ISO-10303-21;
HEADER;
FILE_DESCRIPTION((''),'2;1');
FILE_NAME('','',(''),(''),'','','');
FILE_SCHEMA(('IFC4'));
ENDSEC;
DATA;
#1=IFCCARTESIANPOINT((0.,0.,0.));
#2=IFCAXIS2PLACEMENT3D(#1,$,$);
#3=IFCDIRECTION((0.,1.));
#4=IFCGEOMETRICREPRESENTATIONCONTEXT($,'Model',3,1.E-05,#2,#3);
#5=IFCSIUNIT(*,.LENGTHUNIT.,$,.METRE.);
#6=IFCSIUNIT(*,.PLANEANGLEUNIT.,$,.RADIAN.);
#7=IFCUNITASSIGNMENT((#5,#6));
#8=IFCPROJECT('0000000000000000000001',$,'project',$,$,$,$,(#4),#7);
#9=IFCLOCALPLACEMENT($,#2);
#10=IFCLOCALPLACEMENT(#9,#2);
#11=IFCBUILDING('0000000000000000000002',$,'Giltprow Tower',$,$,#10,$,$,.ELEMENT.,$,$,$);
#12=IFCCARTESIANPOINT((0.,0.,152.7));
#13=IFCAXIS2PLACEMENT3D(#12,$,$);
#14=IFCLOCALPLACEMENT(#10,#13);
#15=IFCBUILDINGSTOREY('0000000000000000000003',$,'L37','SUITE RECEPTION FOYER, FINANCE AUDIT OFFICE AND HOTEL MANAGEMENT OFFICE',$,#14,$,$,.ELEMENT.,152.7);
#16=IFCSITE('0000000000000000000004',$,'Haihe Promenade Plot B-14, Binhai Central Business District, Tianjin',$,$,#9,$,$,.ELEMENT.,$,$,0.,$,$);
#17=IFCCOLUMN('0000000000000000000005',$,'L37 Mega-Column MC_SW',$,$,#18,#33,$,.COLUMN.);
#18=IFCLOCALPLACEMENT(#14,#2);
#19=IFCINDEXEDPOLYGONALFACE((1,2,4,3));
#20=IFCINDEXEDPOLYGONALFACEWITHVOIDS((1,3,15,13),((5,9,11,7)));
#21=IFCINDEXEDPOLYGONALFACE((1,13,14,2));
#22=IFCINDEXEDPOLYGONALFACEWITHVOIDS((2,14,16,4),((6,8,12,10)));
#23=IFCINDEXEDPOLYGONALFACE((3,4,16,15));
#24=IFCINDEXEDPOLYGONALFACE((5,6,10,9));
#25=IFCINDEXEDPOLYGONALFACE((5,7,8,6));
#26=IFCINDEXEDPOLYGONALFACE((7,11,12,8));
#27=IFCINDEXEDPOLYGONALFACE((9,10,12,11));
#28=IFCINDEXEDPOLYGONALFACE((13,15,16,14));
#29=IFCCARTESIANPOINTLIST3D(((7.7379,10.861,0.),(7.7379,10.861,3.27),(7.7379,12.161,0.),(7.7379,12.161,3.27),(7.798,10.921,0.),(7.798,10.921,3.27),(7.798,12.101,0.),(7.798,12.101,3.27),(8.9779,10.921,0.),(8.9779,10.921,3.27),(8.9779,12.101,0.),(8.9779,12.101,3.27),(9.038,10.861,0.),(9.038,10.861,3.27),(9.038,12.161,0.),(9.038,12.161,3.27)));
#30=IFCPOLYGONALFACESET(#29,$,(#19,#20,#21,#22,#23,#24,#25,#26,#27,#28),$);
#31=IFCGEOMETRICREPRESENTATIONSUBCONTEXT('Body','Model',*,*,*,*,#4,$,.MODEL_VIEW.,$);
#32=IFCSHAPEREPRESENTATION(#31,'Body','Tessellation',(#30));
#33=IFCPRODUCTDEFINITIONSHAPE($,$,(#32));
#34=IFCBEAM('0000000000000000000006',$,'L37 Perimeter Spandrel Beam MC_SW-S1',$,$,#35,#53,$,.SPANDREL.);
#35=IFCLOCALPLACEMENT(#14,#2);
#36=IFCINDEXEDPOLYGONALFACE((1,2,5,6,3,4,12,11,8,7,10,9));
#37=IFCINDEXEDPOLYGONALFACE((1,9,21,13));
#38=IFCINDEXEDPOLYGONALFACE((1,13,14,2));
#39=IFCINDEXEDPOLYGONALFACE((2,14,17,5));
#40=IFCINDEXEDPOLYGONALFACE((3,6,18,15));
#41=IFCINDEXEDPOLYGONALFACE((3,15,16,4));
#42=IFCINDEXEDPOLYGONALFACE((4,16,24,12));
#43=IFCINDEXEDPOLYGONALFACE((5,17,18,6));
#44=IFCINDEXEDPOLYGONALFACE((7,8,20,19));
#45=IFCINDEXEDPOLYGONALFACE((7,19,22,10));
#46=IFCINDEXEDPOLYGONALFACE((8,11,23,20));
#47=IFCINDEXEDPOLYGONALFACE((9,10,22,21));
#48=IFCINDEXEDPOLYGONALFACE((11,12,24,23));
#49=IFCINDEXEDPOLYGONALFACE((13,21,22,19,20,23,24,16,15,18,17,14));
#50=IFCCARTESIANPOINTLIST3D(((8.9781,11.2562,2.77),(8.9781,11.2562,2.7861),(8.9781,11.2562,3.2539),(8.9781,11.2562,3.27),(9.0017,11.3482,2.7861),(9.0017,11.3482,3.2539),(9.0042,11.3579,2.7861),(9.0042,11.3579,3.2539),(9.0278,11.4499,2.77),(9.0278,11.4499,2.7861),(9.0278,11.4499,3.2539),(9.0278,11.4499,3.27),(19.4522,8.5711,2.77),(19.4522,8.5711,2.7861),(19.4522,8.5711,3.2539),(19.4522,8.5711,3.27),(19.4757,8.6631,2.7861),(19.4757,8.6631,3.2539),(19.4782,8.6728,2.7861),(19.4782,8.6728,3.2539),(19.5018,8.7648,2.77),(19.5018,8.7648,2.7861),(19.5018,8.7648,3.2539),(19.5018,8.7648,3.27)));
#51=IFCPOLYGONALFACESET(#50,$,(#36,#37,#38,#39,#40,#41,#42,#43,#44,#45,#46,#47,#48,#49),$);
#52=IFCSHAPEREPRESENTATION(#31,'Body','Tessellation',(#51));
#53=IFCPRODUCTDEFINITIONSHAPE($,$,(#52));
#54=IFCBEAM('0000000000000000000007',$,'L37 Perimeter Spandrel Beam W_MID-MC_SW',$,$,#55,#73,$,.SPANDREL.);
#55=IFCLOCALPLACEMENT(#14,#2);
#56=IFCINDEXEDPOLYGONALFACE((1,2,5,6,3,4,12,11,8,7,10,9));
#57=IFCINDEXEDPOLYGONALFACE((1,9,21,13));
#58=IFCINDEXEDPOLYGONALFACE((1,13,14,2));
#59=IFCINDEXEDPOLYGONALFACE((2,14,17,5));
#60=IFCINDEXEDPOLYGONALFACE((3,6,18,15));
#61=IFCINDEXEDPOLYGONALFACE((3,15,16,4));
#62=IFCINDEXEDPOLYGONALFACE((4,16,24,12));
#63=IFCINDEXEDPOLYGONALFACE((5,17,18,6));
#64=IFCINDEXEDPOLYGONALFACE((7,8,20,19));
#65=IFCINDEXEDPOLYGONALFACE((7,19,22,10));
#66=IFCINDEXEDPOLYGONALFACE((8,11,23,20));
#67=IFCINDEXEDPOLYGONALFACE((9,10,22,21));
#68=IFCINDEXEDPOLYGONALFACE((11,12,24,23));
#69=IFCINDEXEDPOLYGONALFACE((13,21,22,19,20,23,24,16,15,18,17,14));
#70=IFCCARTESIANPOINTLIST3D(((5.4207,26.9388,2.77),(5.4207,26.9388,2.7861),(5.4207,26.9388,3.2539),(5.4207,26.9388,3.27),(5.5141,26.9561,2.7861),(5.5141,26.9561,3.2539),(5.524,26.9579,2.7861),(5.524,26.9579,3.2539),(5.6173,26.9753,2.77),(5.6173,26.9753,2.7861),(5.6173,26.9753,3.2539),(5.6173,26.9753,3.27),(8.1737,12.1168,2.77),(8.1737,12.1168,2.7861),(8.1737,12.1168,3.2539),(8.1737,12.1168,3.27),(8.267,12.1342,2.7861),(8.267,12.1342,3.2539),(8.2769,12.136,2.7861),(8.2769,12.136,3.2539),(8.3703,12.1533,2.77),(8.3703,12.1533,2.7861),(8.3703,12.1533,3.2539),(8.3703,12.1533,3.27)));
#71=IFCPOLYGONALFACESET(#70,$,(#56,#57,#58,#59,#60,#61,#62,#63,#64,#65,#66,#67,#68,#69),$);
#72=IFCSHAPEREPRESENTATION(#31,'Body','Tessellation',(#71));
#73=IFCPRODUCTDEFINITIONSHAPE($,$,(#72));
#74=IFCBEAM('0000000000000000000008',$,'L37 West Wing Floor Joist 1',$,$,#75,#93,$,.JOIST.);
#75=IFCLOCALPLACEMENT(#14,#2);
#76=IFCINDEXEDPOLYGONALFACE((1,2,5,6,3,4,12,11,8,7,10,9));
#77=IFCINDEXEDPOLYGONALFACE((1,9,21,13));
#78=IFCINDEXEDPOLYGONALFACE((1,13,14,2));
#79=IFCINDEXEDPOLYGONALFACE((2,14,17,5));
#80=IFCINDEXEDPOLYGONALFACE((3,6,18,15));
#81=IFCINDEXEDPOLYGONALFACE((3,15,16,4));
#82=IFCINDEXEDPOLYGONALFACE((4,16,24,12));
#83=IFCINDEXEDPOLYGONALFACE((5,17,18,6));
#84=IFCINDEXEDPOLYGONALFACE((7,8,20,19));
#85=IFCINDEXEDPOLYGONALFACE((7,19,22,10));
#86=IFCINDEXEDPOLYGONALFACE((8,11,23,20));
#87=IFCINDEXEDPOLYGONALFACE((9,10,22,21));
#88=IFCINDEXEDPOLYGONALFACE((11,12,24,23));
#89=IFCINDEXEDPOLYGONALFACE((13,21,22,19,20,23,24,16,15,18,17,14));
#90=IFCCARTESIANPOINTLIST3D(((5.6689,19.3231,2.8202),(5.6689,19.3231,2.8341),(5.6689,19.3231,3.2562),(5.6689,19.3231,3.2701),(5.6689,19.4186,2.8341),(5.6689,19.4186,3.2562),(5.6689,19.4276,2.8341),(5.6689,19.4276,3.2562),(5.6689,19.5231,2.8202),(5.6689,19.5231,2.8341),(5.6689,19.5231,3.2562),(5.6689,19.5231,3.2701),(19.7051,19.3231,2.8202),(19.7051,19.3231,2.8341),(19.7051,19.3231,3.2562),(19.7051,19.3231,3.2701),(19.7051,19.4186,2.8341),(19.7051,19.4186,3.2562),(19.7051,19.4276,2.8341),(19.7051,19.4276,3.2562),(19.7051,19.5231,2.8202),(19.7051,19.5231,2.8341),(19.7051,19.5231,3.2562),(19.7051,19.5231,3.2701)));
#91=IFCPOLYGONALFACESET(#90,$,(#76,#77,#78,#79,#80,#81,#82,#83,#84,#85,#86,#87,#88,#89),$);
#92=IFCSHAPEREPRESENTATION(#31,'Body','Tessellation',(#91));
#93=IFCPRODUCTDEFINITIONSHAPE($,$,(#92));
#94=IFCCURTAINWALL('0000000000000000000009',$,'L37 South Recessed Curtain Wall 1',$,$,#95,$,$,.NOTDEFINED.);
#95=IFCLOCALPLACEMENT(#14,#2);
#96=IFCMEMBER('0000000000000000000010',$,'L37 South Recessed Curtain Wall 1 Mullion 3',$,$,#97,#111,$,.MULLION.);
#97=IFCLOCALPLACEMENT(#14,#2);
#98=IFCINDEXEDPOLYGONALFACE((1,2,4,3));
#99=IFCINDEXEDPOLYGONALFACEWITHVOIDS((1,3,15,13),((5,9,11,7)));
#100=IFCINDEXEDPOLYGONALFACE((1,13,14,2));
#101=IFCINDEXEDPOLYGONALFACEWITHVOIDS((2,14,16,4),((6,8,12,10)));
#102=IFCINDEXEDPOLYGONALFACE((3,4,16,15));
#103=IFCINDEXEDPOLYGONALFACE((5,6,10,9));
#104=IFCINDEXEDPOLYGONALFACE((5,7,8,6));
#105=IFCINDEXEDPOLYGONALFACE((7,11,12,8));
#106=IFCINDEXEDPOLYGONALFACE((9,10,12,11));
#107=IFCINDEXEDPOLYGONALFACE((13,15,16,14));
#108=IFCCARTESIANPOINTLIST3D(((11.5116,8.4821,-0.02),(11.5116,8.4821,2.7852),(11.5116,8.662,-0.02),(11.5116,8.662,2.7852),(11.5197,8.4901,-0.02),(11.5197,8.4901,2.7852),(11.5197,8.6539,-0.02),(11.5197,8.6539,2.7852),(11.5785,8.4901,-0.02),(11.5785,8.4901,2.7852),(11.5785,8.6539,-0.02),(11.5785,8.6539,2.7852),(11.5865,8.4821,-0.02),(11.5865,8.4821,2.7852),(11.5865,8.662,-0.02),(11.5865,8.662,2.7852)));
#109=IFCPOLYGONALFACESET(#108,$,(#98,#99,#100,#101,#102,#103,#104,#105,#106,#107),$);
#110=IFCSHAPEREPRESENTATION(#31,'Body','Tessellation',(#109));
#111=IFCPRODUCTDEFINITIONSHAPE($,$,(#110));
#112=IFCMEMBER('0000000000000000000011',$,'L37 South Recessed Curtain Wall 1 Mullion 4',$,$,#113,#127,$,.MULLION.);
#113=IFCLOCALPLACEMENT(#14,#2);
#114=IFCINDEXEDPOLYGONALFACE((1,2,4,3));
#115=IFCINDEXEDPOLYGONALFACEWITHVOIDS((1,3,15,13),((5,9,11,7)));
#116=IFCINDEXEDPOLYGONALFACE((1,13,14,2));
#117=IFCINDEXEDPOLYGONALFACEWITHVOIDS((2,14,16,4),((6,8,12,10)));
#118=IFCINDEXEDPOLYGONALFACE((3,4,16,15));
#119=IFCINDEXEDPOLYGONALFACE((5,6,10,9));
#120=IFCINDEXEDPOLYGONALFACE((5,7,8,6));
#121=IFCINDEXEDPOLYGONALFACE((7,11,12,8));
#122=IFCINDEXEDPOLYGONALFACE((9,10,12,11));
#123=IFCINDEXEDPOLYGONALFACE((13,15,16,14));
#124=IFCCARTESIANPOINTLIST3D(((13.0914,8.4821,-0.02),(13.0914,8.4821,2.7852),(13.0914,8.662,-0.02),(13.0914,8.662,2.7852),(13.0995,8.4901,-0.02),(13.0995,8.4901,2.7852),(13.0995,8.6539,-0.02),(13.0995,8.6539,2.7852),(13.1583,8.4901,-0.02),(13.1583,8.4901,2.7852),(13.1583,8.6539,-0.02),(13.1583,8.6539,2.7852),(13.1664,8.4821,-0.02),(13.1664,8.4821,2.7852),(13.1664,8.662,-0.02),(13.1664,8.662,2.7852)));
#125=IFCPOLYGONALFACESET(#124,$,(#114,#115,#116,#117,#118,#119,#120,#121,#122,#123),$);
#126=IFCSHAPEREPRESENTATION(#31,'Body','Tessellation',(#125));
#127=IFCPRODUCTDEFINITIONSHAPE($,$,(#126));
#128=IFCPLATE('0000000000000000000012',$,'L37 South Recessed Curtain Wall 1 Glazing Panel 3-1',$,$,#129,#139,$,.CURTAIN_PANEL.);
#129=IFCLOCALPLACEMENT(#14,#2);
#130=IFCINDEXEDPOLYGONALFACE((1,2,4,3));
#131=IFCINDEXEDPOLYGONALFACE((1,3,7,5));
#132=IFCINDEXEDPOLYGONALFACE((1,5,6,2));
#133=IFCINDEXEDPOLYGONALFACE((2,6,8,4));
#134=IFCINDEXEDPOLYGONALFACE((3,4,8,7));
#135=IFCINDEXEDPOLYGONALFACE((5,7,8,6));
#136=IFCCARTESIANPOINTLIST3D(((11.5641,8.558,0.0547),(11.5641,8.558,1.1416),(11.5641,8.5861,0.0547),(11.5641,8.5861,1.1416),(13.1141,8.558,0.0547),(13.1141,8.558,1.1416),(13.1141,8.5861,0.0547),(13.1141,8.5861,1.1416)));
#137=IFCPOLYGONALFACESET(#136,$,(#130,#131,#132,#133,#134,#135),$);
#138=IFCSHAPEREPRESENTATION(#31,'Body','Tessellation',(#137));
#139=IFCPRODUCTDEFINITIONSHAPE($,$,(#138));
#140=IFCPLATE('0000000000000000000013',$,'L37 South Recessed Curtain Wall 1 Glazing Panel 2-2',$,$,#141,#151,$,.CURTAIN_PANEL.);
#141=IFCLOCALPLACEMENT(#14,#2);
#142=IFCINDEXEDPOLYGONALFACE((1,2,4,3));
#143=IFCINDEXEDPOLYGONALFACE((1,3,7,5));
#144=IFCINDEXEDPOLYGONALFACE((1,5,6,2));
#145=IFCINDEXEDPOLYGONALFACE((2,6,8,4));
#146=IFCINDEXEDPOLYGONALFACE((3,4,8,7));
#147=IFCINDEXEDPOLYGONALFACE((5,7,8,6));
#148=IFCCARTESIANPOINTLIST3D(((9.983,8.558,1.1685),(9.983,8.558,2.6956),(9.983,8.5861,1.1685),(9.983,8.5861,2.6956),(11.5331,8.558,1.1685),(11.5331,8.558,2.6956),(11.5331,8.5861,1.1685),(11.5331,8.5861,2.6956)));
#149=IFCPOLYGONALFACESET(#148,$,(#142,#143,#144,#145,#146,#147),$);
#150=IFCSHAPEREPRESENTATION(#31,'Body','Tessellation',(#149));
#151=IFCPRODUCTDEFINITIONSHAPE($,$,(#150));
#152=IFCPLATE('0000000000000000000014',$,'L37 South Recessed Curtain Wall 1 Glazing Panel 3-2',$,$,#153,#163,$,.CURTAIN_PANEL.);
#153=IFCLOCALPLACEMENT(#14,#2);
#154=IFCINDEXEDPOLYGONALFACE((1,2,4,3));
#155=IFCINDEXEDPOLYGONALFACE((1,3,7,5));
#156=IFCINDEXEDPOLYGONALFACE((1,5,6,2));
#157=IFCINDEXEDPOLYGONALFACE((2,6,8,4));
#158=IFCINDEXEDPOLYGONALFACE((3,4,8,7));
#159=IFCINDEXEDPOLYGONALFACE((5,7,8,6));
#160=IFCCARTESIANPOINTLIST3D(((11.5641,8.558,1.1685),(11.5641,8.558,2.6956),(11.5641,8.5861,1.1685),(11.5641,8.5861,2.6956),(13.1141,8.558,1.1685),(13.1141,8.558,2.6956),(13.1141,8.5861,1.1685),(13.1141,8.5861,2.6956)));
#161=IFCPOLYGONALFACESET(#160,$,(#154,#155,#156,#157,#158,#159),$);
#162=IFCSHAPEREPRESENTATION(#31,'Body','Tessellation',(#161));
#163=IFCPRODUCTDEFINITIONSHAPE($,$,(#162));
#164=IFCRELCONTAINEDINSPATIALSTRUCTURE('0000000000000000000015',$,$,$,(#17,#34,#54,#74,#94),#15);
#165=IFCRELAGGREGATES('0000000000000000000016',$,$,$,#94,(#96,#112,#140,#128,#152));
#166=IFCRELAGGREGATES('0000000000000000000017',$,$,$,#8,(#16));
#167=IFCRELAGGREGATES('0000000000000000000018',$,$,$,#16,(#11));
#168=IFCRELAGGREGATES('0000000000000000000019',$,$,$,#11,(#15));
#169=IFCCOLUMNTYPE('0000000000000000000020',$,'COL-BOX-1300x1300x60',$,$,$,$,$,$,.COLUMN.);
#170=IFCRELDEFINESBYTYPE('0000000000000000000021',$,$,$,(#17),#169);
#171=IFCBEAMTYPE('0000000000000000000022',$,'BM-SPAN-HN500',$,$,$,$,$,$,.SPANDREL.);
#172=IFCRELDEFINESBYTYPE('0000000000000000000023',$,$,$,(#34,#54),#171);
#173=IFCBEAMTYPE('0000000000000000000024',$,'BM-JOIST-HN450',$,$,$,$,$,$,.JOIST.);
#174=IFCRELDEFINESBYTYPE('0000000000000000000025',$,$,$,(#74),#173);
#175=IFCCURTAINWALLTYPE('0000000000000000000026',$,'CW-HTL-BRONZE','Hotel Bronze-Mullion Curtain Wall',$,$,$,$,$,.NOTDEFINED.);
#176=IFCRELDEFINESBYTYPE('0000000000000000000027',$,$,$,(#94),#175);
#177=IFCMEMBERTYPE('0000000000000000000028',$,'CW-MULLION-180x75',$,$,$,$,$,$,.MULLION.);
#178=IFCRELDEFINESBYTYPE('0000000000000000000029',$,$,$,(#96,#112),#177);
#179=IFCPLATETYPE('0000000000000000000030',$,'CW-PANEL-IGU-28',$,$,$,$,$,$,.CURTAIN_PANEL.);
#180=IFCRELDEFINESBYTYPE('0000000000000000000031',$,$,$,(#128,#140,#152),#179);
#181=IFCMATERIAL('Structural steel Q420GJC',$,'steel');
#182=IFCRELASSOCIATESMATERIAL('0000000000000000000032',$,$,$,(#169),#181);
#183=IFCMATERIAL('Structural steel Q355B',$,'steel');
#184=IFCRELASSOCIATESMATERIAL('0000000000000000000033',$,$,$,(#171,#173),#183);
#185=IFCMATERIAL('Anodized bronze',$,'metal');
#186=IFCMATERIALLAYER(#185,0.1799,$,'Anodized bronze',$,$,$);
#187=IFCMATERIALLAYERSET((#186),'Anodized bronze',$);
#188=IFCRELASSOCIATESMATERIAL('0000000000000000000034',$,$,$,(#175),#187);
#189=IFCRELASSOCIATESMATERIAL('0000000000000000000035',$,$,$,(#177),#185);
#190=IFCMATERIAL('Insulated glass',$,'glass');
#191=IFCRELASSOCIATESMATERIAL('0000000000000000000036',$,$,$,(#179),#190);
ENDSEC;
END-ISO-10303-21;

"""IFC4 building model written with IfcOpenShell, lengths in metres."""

from ifc_helpers import new_model, si_unit, direction, frame, origin, origin_2d, place, context, subcontext, project, spatial, rectangle, hollow_rectangle, i_section, extrude, source, transform, mapped, material, layer, layer_set, material_profile, profile_set, type_object, element, aggregate, save


model = new_model("IFC4")

# Units and contexts
model_context = context("Model", 3, precision=1e-05, world=origin(), true_north=direction((0.0, 1.0)))
body_context = subcontext(model_context, "Body", "Model", "MODEL_VIEW")
ifc_project = project(units=[si_unit("LENGTHUNIT", "METRE"), si_unit("PLANEANGLEUNIT", "RADIAN")], contexts=[model_context])

# Site, building, storey
site_placement = place(None, origin())
site = spatial("IfcSite", under=ifc_project, at=site_placement, Name="Haihe Promenade Plot B-14, Binhai Central Business District, Tianjin", CompositionType="ELEMENT", RefElevation=0.0)
building_placement = place(site_placement, origin())
building = spatial("IfcBuilding", under=site, at=building_placement, Name="Giltprow Tower", CompositionType="ELEMENT")
storey_placement = place(building_placement, frame((0.0, 0.0, 152.7)))
storey = spatial("IfcBuildingStorey", under=building, at=storey_placement, Name="L37", Description="SUITE RECEPTION FOYER, FINANCE AUDIT OFFICE AND HOTEL MANAGEMENT OFFICE", CompositionType="ELEMENT", Elevation=152.7)

# Column
ifc_material_1 = material(Name="Structural steel Q420GJC", Category="steel")
ifc_material_profile_1 = material_profile(ifc_material_1, hollow_rectangle(XDim=1.3, YDim=1.3, WallThickness=0.0601, at=origin_2d()), Name="BOX 1300x1300x60")
ifc_profile_set_1 = profile_set([ifc_material_profile_1], Name="Structural steel Q420GJC")
column_type = type_object("IfcColumnType", Name="COL-BOX-1300x1300x60", PredefinedType="COLUMN", material=ifc_profile_set_1)
shared_shape_1 = source(origin(), body_context, "Body", "SweptSolid", [
    extrude(hollow_rectangle(XDim=1.3, YDim=1.3, WallThickness=0.0601, at=origin_2d()), origin(), (0.0, 0.0, 1.0), 3.27),
])
column_placement = place(storey_placement, frame((8.3879, 11.511, 0.0), z_axis=(0.0, 0.0, 1.0), x_axis=(1.0, 0.0, 0.0)))
element("IfcColumn", 1, at=column_placement, inside=storey, type_object=column_type, Name="L37 Mega-Column MC_SW", PredefinedType="COLUMN", context=body_context, shape_type="MappedRepresentation", body=[
    mapped(shared_shape_1, transform((0.0, 0.0, 0.0), x_axis=(1.0, 0.0, 0.0), y_axis=(0.0, 1.0, 0.0), z_axis=(0.0, 0.0, 1.0), scale=1.0)),
])

# Beams
ifc_material_2 = material(Name="Structural steel Q355B", Category="steel")
ifc_material_profile_2 = material_profile(ifc_material_2, i_section(OverallWidth=0.2, OverallDepth=0.5, WebThickness=0.01, FlangeThickness=0.0161, at=origin_2d()), Name="HN 500x200x10x16")
ifc_profile_set_2 = profile_set([ifc_material_profile_2], Name="Structural steel Q355B")
beam_type_1 = type_object("IfcBeamType", Name="BM-SPAN-HN500", PredefinedType="SPANDREL", material=ifc_profile_set_2)
shared_shape_2 = source(origin(), body_context, "Body", "SweptSolid", [
    extrude(i_section(OverallWidth=0.2, OverallDepth=0.5, WebThickness=0.01, FlangeThickness=0.0161, at=origin_2d()), origin(), (0.0, 0.0, 1.0), 10.8127),
])
beam_1_placement = place(storey_placement, frame((9.0029, 11.353, 3.02), z_axis=(0.968678, -0.248322, 0.0), x_axis=(0.248322, 0.968678, 0.0)))
element("IfcBeam", 2, at=beam_1_placement, inside=storey, type_object=beam_type_1, Name="L37 Perimeter Spandrel Beam MC_SW-S1", PredefinedType="SPANDREL", context=body_context, shape_type="MappedRepresentation", body=[
    mapped(shared_shape_2, transform((0.0, 0.0, 0.0), x_axis=(1.0, 0.0, 0.0), y_axis=(0.0, 1.0, 0.0), z_axis=(0.0, 0.0, 1.0), scale=1.0)),
])
shared_shape_3 = source(origin(), body_context, "Body", "SweptSolid", [
    extrude(i_section(OverallWidth=0.2, OverallDepth=0.5, WebThickness=0.01, FlangeThickness=0.0161, at=origin_2d()), origin(), (0.0, 0.0, 1.0), 15.0754),
])
beam_2_placement = place(storey_placement, frame((5.519, 26.957, 3.02), z_axis=(0.182609, -0.983186, 0.0), x_axis=(0.983186, 0.182609, 0.0)))
element("IfcBeam", 3, at=beam_2_placement, inside=storey, type_object=beam_type_1, Name="L37 Perimeter Spandrel Beam W_MID-MC_SW", PredefinedType="SPANDREL", context=body_context, shape_type="MappedRepresentation", body=[
    mapped(shared_shape_3, transform((0.0, 0.0, 0.0), x_axis=(1.0, 0.0, 0.0), y_axis=(0.0, 1.0, 0.0), z_axis=(0.0, 0.0, 1.0), scale=1.0)),
])
ifc_material_profile_3 = material_profile(ifc_material_2, i_section(OverallWidth=0.2, OverallDepth=0.45, WebThickness=0.009, FlangeThickness=0.0139, at=origin_2d()), Name="HN 450x200x9x14")
ifc_profile_set_3 = profile_set([ifc_material_profile_3], Name="Structural steel Q355B")
beam_type_2 = type_object("IfcBeamType", Name="BM-JOIST-HN450", PredefinedType="JOIST", material=ifc_profile_set_3)
shared_shape_4 = source(origin(), body_context, "Body", "SweptSolid", [
    extrude(i_section(OverallWidth=0.2, OverallDepth=0.45, WebThickness=0.009, FlangeThickness=0.0139, at=origin_2d()), origin(), (0.0, 0.0, 1.0), 14.0361),
])
beam_3_placement = place(storey_placement, frame((5.6689, 19.4231, 3.0452), z_axis=(1.0, 0.0, 0.0), x_axis=(0.0, 1.0, 0.0)))
element("IfcBeam", 4, at=beam_3_placement, inside=storey, type_object=beam_type_2, Name="L37 West Wing Floor Joist 1", PredefinedType="JOIST", context=body_context, shape_type="MappedRepresentation", body=[
    mapped(shared_shape_4, transform((0.0, 0.0, 0.0), x_axis=(1.0, 0.0, 0.0), y_axis=(0.0, 1.0, 0.0), z_axis=(0.0, 0.0, 1.0), scale=1.0)),
])

# Curtain wall, members, plates
ifc_material_3 = material(Name="Anodized bronze", Category="metal")
ifc_layer_1 = layer(ifc_material_3, 0.1799, Name="Anodized bronze")
ifc_layer_set_1 = layer_set([ifc_layer_1], Name="Anodized bronze")
curtain_wall_type = type_object("IfcCurtainWallType", Name="CW-HTL-BRONZE", Description="Hotel Bronze-Mullion Curtain Wall", PredefinedType="NOTDEFINED", material=ifc_layer_set_1)
curtain_wall_placement = place(storey_placement, origin())
curtain_wall = element("IfcCurtainWall", 5, at=curtain_wall_placement, inside=storey, type_object=curtain_wall_type, Name="L37 South Recessed Curtain Wall 1", PredefinedType="NOTDEFINED")
ifc_material_profile_4 = material_profile(ifc_material_3, hollow_rectangle(XDim=0.075, YDim=0.1799, WallThickness=0.0081, at=origin_2d()), Name="RHS 180x75x8")
ifc_profile_set_4 = profile_set([ifc_material_profile_4], Name="Anodized bronze")
member_type = type_object("IfcMemberType", Name="CW-MULLION-180x75", PredefinedType="MULLION", material=ifc_profile_set_4)
shared_shape_5 = source(origin(), body_context, "Body", "SweptSolid", [
    extrude(hollow_rectangle(XDim=0.075, YDim=0.1799, WallThickness=0.0081, at=origin_2d()), origin(), (0.0, 0.0, 1.0), 2.8052),
])
member_1_placement = place(storey_placement, frame((11.5491, 8.572, -0.02), z_axis=(0.0, 0.0, 1.0), x_axis=(1.0, 0.0, 0.0)))
member_1 = element("IfcMember", 6, at=member_1_placement, type_object=member_type, Name="L37 South Recessed Curtain Wall 1 Mullion 3", PredefinedType="MULLION", context=body_context, shape_type="MappedRepresentation", body=[
    mapped(shared_shape_5, transform((0.0, 0.0, 0.0), x_axis=(1.0, 0.0, 0.0), y_axis=(0.0, 1.0, 0.0), z_axis=(0.0, 0.0, 1.0), scale=1.0)),
])
member_2_placement = place(storey_placement, frame((13.1289, 8.572, -0.02), z_axis=(0.0, 0.0, 1.0), x_axis=(1.0, 0.0, 0.0)))
member_2 = element("IfcMember", 7, at=member_2_placement, type_object=member_type, Name="L37 South Recessed Curtain Wall 1 Mullion 4", PredefinedType="MULLION", context=body_context, shape_type="MappedRepresentation", body=[
    mapped(shared_shape_5, transform((0.0, 0.0, 0.0), x_axis=(1.0, 0.0, 0.0), y_axis=(0.0, 1.0, 0.0), z_axis=(0.0, 0.0, 1.0), scale=1.0)),
])
ifc_material_4 = material(Name="Insulated glass", Category="glass")
plate_type = type_object("IfcPlateType", Name="CW-PANEL-IGU-28", PredefinedType="CURTAIN_PANEL", material=ifc_material_4)
shared_shape_6 = source(origin(), body_context, "Body", "SweptSolid", [
    extrude(rectangle(XDim=1.55, YDim=0.0281, at=origin_2d()), origin(), (0.0, 0.0, 1.0), 1.0869),
])
plate_1_placement = place(storey_placement, frame((12.3391, 8.572, 0.0547), z_axis=(0.0, 0.0, 1.0), x_axis=(1.0, 0.0, 0.0)))
plate_1 = element("IfcPlate", 8, at=plate_1_placement, type_object=plate_type, Name="L37 South Recessed Curtain Wall 1 Glazing Panel 3-1", PredefinedType="CURTAIN_PANEL", context=body_context, shape_type="MappedRepresentation", body=[
    mapped(shared_shape_6, transform((0.0, 0.0, 0.0), x_axis=(1.0, 0.0, 0.0), y_axis=(0.0, 1.0, 0.0), z_axis=(0.0, 0.0, 1.0), scale=1.0)),
])
shared_shape_7 = source(origin(), body_context, "Body", "SweptSolid", [
    extrude(rectangle(XDim=1.55, YDim=0.0281, at=origin_2d()), origin(), (0.0, 0.0, 1.0), 1.5271),
])
plate_2_placement = place(storey_placement, frame((10.7581, 8.572, 1.1685), z_axis=(0.0, 0.0, 1.0), x_axis=(1.0, 0.0, 0.0)))
plate_2 = element("IfcPlate", 9, at=plate_2_placement, type_object=plate_type, Name="L37 South Recessed Curtain Wall 1 Glazing Panel 2-2", PredefinedType="CURTAIN_PANEL", context=body_context, shape_type="MappedRepresentation", body=[
    mapped(shared_shape_7, transform((0.0, 0.0, 0.0), x_axis=(1.0, 0.0, 0.0), y_axis=(0.0, 1.0, 0.0), z_axis=(0.0, 0.0, 1.0), scale=1.0)),
])
plate_3_placement = place(storey_placement, frame((12.3391, 8.572, 1.1685), z_axis=(0.0, 0.0, 1.0), x_axis=(1.0, 0.0, 0.0)))
plate_3 = element("IfcPlate", 10, at=plate_3_placement, type_object=plate_type, Name="L37 South Recessed Curtain Wall 1 Glazing Panel 3-2", PredefinedType="CURTAIN_PANEL", context=body_context, shape_type="MappedRepresentation", body=[
    mapped(shared_shape_7, transform((0.0, 0.0, 0.0), x_axis=(1.0, 0.0, 0.0), y_axis=(0.0, 1.0, 0.0), z_axis=(0.0, 0.0, 1.0), scale=1.0)),
])
aggregate(curtain_wall, [member_1, member_2, plate_2, plate_1, plate_3])

save(model, "model.ifc")
